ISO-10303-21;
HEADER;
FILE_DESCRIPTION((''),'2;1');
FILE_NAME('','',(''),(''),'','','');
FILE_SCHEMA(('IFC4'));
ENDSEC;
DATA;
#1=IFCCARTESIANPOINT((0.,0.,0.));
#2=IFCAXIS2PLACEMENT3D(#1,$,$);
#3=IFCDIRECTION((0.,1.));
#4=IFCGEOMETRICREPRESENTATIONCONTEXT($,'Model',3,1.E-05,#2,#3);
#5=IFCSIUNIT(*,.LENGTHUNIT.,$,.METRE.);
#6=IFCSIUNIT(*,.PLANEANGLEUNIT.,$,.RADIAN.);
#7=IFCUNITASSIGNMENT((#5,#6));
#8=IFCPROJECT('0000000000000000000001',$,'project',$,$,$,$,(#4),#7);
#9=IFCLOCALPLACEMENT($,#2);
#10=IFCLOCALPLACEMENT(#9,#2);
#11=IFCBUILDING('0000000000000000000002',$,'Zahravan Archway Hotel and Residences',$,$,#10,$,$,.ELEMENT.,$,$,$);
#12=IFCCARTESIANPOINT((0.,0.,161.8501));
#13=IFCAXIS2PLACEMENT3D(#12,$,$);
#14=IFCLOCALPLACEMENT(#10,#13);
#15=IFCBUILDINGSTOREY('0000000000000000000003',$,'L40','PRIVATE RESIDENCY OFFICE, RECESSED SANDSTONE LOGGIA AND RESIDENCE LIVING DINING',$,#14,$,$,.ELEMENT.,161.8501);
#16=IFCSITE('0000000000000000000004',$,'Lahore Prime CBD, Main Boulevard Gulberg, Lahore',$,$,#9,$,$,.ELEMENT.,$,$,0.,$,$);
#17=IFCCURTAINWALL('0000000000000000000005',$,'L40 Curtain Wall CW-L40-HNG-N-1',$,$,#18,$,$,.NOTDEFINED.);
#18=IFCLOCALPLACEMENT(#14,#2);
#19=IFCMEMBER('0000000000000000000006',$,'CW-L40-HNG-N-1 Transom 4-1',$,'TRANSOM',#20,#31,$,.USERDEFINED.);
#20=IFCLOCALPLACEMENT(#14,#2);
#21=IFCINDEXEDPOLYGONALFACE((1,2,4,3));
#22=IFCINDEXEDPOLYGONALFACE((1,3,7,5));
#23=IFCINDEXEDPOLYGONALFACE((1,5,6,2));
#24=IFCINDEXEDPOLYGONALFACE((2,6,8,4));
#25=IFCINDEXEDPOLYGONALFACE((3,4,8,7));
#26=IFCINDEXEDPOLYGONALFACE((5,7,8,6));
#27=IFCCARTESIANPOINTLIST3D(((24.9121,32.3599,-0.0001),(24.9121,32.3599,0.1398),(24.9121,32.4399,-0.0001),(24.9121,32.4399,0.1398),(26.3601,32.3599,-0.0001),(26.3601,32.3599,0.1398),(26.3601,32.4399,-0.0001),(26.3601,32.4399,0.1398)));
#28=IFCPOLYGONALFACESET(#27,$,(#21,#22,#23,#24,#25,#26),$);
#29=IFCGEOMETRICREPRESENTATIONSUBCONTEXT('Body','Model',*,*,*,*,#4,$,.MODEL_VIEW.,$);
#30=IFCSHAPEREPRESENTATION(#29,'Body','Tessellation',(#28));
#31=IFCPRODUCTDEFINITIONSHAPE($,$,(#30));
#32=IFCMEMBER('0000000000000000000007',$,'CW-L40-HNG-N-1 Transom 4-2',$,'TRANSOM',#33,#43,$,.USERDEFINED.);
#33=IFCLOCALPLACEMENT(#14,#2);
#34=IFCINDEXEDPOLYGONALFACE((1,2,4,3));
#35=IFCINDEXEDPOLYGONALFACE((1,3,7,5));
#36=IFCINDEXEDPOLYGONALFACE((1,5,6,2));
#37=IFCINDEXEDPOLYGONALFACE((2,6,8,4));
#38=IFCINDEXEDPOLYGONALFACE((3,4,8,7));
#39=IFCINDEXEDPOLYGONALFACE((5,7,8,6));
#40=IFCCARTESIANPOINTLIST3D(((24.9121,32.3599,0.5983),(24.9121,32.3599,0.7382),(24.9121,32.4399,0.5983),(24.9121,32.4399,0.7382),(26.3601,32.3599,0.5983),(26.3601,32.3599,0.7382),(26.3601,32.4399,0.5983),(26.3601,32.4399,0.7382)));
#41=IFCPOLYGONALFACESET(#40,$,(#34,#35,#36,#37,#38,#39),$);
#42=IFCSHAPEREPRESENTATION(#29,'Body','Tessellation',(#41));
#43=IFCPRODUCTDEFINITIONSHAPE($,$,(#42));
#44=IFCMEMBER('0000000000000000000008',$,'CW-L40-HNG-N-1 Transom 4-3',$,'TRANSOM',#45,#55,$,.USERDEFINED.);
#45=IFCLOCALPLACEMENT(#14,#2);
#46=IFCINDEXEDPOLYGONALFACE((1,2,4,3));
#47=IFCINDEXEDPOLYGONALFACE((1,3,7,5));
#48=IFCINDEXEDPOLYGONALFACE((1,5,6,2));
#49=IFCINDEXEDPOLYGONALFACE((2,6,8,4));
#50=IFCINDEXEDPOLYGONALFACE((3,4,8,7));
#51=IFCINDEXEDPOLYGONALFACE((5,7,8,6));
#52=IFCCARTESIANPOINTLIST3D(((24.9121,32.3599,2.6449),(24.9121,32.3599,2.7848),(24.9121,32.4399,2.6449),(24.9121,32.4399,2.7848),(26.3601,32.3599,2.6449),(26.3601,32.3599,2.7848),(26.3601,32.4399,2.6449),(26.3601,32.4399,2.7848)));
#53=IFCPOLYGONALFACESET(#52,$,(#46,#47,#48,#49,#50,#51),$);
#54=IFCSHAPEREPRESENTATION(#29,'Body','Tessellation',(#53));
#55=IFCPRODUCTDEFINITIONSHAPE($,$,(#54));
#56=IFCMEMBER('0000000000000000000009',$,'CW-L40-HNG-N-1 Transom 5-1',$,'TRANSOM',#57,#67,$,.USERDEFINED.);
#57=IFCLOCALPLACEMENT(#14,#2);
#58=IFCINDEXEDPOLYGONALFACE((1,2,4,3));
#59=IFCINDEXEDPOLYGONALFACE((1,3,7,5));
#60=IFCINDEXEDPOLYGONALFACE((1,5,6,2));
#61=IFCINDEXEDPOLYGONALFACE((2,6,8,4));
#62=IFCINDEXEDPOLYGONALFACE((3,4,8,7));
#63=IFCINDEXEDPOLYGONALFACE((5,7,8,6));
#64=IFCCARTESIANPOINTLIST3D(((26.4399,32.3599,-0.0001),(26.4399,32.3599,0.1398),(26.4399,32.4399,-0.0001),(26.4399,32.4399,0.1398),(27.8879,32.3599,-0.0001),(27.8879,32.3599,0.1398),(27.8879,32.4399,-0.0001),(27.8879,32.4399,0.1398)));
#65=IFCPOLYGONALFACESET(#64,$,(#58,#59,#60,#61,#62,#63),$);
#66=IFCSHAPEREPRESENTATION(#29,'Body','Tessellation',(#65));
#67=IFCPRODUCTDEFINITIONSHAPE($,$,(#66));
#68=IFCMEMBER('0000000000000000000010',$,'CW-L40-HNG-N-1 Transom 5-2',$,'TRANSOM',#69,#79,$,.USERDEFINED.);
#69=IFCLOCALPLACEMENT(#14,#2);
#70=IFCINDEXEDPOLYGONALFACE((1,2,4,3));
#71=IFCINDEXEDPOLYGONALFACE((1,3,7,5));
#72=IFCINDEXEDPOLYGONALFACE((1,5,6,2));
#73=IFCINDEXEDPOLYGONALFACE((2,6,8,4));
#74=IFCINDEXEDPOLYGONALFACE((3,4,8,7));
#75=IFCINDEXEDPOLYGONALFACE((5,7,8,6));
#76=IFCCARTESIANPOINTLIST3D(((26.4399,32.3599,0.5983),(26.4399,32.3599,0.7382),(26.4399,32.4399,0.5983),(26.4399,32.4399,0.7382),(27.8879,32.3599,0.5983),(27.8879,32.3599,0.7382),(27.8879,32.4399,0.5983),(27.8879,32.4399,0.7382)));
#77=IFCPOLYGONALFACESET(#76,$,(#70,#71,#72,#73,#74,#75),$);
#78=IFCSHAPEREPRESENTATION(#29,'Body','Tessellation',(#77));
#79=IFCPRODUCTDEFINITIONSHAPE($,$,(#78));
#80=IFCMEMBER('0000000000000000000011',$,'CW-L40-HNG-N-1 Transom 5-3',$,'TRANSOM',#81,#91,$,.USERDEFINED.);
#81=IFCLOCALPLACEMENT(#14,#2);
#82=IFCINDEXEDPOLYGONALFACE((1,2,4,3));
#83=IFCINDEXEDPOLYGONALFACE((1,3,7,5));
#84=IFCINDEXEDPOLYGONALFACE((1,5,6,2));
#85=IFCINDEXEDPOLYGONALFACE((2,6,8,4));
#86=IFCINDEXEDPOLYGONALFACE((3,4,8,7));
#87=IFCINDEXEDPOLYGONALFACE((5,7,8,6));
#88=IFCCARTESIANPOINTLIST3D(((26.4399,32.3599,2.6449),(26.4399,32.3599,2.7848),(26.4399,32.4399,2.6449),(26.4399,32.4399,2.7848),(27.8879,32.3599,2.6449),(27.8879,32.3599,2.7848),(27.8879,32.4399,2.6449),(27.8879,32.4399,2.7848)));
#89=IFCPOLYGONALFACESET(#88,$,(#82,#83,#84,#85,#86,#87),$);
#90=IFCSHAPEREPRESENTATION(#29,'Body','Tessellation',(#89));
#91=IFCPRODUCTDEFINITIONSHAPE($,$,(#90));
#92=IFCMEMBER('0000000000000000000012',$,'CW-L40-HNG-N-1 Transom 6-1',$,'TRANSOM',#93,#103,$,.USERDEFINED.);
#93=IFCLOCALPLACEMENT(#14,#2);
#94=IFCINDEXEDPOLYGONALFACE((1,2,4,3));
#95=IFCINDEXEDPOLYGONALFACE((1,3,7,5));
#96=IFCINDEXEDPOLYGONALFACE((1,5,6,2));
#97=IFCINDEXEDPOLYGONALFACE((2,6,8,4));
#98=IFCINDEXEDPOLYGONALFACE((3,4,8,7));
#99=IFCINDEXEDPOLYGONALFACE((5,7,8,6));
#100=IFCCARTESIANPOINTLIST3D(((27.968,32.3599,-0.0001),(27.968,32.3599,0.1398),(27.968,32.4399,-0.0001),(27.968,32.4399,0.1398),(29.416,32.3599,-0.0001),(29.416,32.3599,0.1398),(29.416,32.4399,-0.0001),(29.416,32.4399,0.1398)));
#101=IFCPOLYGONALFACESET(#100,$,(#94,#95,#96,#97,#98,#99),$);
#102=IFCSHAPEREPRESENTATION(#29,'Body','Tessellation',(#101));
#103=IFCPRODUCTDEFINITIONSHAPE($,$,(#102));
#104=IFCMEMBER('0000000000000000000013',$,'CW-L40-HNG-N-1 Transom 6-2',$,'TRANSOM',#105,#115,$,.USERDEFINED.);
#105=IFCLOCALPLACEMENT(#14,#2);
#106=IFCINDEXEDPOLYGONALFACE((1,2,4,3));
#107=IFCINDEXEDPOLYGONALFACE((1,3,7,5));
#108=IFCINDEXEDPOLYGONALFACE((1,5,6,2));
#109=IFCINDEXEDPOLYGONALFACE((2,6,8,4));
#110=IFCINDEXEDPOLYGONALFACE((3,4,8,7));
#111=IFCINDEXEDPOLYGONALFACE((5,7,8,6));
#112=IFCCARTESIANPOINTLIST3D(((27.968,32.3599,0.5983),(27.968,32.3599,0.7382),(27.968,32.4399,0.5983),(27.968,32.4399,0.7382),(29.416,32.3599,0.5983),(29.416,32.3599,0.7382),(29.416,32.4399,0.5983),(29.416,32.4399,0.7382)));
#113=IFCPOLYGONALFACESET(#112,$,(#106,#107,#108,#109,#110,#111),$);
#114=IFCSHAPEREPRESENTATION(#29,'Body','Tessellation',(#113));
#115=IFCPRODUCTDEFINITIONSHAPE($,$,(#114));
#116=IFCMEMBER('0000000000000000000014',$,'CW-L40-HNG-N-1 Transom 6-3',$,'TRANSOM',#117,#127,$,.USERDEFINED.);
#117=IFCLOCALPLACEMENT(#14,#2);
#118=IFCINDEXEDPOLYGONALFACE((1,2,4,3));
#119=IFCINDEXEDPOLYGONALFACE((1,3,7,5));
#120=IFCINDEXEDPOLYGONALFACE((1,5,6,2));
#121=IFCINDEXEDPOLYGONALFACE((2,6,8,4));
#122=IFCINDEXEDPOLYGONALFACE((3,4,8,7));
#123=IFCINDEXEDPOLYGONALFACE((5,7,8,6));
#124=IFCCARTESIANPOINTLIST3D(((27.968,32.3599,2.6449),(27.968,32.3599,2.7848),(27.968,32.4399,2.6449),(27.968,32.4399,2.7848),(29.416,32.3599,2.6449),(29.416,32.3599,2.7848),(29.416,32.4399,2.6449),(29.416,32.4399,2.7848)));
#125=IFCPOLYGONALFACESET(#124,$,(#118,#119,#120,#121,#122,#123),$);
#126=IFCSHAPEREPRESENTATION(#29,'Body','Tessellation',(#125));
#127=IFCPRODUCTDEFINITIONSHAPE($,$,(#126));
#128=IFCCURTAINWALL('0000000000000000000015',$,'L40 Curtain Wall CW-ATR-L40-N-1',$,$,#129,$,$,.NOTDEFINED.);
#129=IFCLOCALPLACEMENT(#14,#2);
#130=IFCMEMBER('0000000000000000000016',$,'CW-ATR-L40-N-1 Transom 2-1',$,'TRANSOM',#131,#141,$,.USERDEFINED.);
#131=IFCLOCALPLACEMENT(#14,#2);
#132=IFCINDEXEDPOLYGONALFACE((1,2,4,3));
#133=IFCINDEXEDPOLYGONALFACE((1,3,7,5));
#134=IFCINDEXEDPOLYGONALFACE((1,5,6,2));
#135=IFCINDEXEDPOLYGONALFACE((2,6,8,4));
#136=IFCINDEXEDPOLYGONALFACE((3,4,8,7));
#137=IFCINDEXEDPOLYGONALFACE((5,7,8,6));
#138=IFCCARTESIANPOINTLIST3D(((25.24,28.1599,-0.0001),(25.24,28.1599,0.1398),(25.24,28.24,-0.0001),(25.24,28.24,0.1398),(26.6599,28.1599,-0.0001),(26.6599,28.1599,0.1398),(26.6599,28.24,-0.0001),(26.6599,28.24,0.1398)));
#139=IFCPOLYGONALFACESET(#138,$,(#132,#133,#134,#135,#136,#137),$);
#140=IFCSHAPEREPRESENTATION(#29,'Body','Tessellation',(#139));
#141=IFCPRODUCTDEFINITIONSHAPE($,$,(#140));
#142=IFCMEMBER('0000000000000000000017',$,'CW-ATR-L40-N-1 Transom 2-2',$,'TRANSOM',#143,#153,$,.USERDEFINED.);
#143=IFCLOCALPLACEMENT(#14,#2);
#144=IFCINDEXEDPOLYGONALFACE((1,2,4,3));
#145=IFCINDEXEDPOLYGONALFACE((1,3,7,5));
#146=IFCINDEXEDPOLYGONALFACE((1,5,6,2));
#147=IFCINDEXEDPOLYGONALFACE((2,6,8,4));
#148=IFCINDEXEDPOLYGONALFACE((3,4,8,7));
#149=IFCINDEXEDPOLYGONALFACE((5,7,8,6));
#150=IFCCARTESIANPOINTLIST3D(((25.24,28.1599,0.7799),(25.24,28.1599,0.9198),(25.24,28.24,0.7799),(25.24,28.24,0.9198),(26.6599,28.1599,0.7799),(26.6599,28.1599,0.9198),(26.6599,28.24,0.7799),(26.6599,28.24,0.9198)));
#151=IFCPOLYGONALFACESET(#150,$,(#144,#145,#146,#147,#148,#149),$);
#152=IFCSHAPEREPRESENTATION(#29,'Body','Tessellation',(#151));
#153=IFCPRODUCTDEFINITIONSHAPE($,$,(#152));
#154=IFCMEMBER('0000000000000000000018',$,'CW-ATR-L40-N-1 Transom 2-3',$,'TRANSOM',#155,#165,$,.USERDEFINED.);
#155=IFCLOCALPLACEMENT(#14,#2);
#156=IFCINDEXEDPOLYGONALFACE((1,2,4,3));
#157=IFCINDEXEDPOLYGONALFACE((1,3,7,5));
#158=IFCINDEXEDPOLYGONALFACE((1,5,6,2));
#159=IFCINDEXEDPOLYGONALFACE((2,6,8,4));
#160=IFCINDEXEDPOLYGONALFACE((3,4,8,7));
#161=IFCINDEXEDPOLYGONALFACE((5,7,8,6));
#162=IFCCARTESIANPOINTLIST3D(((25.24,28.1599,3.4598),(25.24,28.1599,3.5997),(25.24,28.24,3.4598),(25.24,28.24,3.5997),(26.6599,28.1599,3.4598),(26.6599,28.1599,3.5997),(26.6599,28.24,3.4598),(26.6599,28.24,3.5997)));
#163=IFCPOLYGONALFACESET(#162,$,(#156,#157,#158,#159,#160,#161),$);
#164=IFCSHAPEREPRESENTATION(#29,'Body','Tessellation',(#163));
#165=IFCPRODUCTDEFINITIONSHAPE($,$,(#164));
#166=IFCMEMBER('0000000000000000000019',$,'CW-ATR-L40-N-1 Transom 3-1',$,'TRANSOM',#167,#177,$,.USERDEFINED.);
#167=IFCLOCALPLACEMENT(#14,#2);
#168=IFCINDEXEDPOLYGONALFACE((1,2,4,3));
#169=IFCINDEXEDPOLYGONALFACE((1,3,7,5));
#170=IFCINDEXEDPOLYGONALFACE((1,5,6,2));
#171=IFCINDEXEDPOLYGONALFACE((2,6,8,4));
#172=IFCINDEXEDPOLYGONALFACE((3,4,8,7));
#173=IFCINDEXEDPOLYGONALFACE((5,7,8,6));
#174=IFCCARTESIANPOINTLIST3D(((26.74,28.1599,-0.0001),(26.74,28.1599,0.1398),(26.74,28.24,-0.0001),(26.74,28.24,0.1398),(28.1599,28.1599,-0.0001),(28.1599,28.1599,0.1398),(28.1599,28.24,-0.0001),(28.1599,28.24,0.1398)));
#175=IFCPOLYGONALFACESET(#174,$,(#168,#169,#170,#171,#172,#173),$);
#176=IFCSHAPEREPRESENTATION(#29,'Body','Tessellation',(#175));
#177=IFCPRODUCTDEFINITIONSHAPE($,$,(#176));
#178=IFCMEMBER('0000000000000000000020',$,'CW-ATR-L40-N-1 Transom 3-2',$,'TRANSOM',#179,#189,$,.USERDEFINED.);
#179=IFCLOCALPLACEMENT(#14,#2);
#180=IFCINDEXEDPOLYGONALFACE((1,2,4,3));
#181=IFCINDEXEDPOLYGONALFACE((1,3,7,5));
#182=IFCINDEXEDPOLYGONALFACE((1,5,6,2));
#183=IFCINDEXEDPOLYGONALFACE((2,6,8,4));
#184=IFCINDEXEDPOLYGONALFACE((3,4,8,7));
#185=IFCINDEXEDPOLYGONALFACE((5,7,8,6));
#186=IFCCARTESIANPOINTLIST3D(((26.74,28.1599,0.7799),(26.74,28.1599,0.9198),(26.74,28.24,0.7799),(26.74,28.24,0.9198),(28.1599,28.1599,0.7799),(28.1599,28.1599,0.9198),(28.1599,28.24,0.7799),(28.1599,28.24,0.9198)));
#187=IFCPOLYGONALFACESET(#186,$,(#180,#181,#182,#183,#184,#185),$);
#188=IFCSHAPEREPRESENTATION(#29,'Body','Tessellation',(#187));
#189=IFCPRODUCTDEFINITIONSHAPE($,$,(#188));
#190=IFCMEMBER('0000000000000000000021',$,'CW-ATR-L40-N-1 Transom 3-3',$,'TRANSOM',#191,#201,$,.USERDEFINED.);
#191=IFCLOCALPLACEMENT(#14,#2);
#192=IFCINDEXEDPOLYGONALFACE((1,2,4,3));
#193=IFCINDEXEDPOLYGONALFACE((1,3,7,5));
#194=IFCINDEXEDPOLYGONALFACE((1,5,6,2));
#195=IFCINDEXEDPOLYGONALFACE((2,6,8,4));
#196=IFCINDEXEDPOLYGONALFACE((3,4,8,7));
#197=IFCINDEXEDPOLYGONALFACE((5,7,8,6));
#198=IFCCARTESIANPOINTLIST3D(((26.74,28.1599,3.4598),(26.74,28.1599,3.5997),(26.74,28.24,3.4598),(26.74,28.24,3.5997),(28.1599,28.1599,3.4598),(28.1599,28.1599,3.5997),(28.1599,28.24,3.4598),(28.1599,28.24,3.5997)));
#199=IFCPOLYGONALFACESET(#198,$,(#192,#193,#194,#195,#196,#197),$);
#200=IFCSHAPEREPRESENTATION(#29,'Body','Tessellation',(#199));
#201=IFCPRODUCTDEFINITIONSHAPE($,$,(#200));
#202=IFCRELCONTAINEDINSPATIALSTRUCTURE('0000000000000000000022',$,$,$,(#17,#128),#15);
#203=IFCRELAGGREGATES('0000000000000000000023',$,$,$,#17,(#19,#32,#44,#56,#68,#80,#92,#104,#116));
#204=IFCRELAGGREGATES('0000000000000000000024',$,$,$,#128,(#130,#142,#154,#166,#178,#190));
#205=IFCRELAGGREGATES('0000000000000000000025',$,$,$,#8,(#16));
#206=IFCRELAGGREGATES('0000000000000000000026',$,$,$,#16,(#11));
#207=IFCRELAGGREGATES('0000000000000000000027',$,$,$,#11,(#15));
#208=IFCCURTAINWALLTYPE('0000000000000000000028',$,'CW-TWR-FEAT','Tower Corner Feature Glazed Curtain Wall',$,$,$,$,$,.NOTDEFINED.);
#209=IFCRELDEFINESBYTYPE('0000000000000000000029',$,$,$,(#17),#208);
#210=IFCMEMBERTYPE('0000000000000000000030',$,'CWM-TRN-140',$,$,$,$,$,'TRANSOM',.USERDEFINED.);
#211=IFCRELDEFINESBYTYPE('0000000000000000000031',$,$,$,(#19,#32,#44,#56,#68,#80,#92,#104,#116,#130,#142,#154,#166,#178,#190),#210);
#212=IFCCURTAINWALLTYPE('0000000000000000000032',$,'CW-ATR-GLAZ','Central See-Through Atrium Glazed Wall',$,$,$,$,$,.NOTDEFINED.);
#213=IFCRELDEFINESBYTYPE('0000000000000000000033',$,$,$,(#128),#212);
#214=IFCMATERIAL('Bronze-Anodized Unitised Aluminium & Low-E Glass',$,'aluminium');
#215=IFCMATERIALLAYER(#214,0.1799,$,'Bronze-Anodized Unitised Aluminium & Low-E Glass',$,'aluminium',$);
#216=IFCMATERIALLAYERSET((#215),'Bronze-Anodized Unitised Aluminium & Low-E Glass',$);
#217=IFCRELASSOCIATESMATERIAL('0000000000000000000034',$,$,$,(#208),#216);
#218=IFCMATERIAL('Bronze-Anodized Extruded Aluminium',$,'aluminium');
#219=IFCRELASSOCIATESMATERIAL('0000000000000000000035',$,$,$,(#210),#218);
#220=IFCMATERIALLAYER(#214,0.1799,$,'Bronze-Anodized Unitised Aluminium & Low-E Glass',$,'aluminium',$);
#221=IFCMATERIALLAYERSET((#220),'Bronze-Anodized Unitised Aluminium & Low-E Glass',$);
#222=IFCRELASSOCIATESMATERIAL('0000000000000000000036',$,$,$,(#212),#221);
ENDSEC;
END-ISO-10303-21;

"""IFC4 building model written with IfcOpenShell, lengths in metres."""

from ifc_helpers import new_model, si_unit, direction, frame, origin, origin_2d, place, context, subcontext, project, spatial, rectangle, extrude, source, transform, mapped, material, layer, layer_set, material_profile, profile_set, type_object, element, aggregate, save


model = new_model("IFC4")

# Units and contexts
model_context = context("Model", 3, precision=1e-05, world=origin(), true_north=direction((0.0, 1.0)))
body_context = subcontext(model_context, "Body", "Model", "MODEL_VIEW")
ifc_project = project(units=[si_unit("LENGTHUNIT", "METRE"), si_unit("PLANEANGLEUNIT", "RADIAN")], contexts=[model_context])

# Site, building, storey
site_placement = place(None, origin())
site = spatial("IfcSite", under=ifc_project, at=site_placement, Name="Lahore Prime CBD, Main Boulevard Gulberg, Lahore", CompositionType="ELEMENT", RefElevation=0.0)
building_placement = place(site_placement, origin())
building = spatial("IfcBuilding", under=site, at=building_placement, Name="Zahravan Archway Hotel and Residences", CompositionType="ELEMENT")
storey_placement = place(building_placement, frame((0.0, 0.0, 161.8501)))
storey = spatial("IfcBuildingStorey", under=building, at=storey_placement, Name="L40", Description="PRIVATE RESIDENCY OFFICE, RECESSED SANDSTONE LOGGIA AND RESIDENCE LIVING DINING", CompositionType="ELEMENT", Elevation=161.8501)

# Curtain walls, members
ifc_material_1 = material(Name="Bronze-Anodized Unitised Aluminium & Low-E Glass", Category="aluminium")
ifc_layer_1 = layer(ifc_material_1, 0.1799, Name="Bronze-Anodized Unitised Aluminium & Low-E Glass", Category="aluminium")
ifc_layer_set_1 = layer_set([ifc_layer_1], Name="Bronze-Anodized Unitised Aluminium & Low-E Glass")
curtain_wall_type_1 = type_object("IfcCurtainWallType", Name="CW-TWR-FEAT", Description="Tower Corner Feature Glazed Curtain Wall", PredefinedType="NOTDEFINED", material=ifc_layer_set_1)
curtain_wall_1_placement = place(storey_placement, origin())
curtain_wall_1 = element("IfcCurtainWall", 1, at=curtain_wall_1_placement, inside=storey, type_object=curtain_wall_type_1, Name="L40 Curtain Wall CW-L40-HNG-N-1", PredefinedType="NOTDEFINED")
ifc_material_2 = material(Name="Bronze-Anodized Extruded Aluminium", Category="aluminium")
ifc_material_profile_1 = material_profile(ifc_material_2, rectangle(XDim=0.0801, YDim=0.1399, at=origin_2d()), Name="TRN 80x140", Category="aluminium")
ifc_profile_set_1 = profile_set([ifc_material_profile_1], Name="Bronze-Anodized Extruded Aluminium")
member_type_1 = type_object("IfcMemberType", Name="CWM-TRN-140", ElementType="TRANSOM", PredefinedType="USERDEFINED", material=ifc_profile_set_1)
shared_shape_1 = source(origin(), body_context, "Body", "SweptSolid", [
    extrude(rectangle(XDim=0.0801, YDim=0.1399, at=origin_2d()), origin(), (0.0, 0.0, 1.0), 1.448),
])
member_1_placement = place(storey_placement, frame((24.9121, 32.3999, 0.0698), z_axis=(1.0, 0.0, 0.0), x_axis=(0.0, 1.0, 0.0)))
member_1 = element("IfcMember", 2, at=member_1_placement, type_object=member_type_1, Name="CW-L40-HNG-N-1 Transom 4-1", ObjectType="TRANSOM", PredefinedType="USERDEFINED", context=body_context, shape_type="MappedRepresentation", body=[
    mapped(shared_shape_1, transform((0.0, 0.0, 0.0), scale=1.0)),
])
member_2_placement = place(storey_placement, frame((24.9121, 32.3999, 0.6682), z_axis=(1.0, 0.0, 0.0), x_axis=(0.0, 1.0, 0.0)))
member_2 = element("IfcMember", 3, at=member_2_placement, type_object=member_type_1, Name="CW-L40-HNG-N-1 Transom 4-2", ObjectType="TRANSOM", PredefinedType="USERDEFINED", context=body_context, shape_type="MappedRepresentation", body=[
    mapped(shared_shape_1, transform((0.0, 0.0, 0.0), scale=1.0)),
])
member_3_placement = place(storey_placement, frame((24.9121, 32.3999, 2.7148), z_axis=(1.0, 0.0, 0.0), x_axis=(0.0, 1.0, 0.0)))
member_3 = element("IfcMember", 4, at=member_3_placement, type_object=member_type_1, Name="CW-L40-HNG-N-1 Transom 4-3", ObjectType="TRANSOM", PredefinedType="USERDEFINED", context=body_context, shape_type="MappedRepresentation", body=[
    mapped(shared_shape_1, transform((0.0, 0.0, 0.0), scale=1.0)),
])
member_4_placement = place(storey_placement, frame((26.4399, 32.3999, 0.0698), z_axis=(1.0, 0.0, 0.0), x_axis=(0.0, 1.0, 0.0)))
member_4 = element("IfcMember", 5, at=member_4_placement, type_object=member_type_1, Name="CW-L40-HNG-N-1 Transom 5-1", ObjectType="TRANSOM", PredefinedType="USERDEFINED", context=body_context, shape_type="MappedRepresentation", body=[
    mapped(shared_shape_1, transform((0.0, 0.0, 0.0), scale=1.0)),
])
member_5_placement = place(storey_placement, frame((26.4399, 32.3999, 0.6682), z_axis=(1.0, 0.0, 0.0), x_axis=(0.0, 1.0, 0.0)))
member_5 = element("IfcMember", 6, at=member_5_placement, type_object=member_type_1, Name="CW-L40-HNG-N-1 Transom 5-2", ObjectType="TRANSOM", PredefinedType="USERDEFINED", context=body_context, shape_type="MappedRepresentation", body=[
    mapped(shared_shape_1, transform((0.0, 0.0, 0.0), scale=1.0)),
])
member_6_placement = place(storey_placement, frame((26.4399, 32.3999, 2.7148), z_axis=(1.0, 0.0, 0.0), x_axis=(0.0, 1.0, 0.0)))
member_6 = element("IfcMember", 7, at=member_6_placement, type_object=member_type_1, Name="CW-L40-HNG-N-1 Transom 5-3", ObjectType="TRANSOM", PredefinedType="USERDEFINED", context=body_context, shape_type="MappedRepresentation", body=[
    mapped(shared_shape_1, transform((0.0, 0.0, 0.0), scale=1.0)),
])
member_7_placement = place(storey_placement, frame((27.968, 32.3999, 0.0698), z_axis=(1.0, 0.0, 0.0), x_axis=(0.0, 1.0, 0.0)))
member_7 = element("IfcMember", 8, at=member_7_placement, type_object=member_type_1, Name="CW-L40-HNG-N-1 Transom 6-1", ObjectType="TRANSOM", PredefinedType="USERDEFINED", context=body_context, shape_type="MappedRepresentation", body=[
    mapped(shared_shape_1, transform((0.0, 0.0, 0.0), scale=1.0)),
])
member_8_placement = place(storey_placement, frame((27.968, 32.3999, 0.6682), z_axis=(1.0, 0.0, 0.0), x_axis=(0.0, 1.0, 0.0)))
member_8 = element("IfcMember", 9, at=member_8_placement, type_object=member_type_1, Name="CW-L40-HNG-N-1 Transom 6-2", ObjectType="TRANSOM", PredefinedType="USERDEFINED", context=body_context, shape_type="MappedRepresentation", body=[
    mapped(shared_shape_1, transform((0.0, 0.0, 0.0), scale=1.0)),
])
member_9_placement = place(storey_placement, frame((27.968, 32.3999, 2.7148), z_axis=(1.0, 0.0, 0.0), x_axis=(0.0, 1.0, 0.0)))
member_9 = element("IfcMember", 10, at=member_9_placement, type_object=member_type_1, Name="CW-L40-HNG-N-1 Transom 6-3", ObjectType="TRANSOM", PredefinedType="USERDEFINED", context=body_context, shape_type="MappedRepresentation", body=[
    mapped(shared_shape_1, transform((0.0, 0.0, 0.0), scale=1.0)),
])
ifc_layer_2 = layer(ifc_material_1, 0.1799, Name="Bronze-Anodized Unitised Aluminium & Low-E Glass", Category="aluminium")
ifc_layer_set_2 = layer_set([ifc_layer_2], Name="Bronze-Anodized Unitised Aluminium & Low-E Glass")
curtain_wall_type_2 = type_object("IfcCurtainWallType", Name="CW-ATR-GLAZ", Description="Central See-Through Atrium Glazed Wall", PredefinedType="NOTDEFINED", material=ifc_layer_set_2)
curtain_wall_2_placement = place(storey_placement, origin())
curtain_wall_2 = element("IfcCurtainWall", 11, at=curtain_wall_2_placement, inside=storey, type_object=curtain_wall_type_2, Name="L40 Curtain Wall CW-ATR-L40-N-1", PredefinedType="NOTDEFINED")
shared_shape_2 = source(origin(), body_context, "Body", "SweptSolid", [
    extrude(rectangle(XDim=0.0801, YDim=0.1399, at=origin_2d()), origin(), (0.0, 0.0, 1.0), 1.4199),
])
member_10_placement = place(storey_placement, frame((25.24, 28.2, 0.0698), z_axis=(1.0, 0.0, 0.0), x_axis=(0.0, 1.0, 0.0)))
member_10 = element("IfcMember", 12, at=member_10_placement, type_object=member_type_1, Name="CW-ATR-L40-N-1 Transom 2-1", ObjectType="TRANSOM", PredefinedType="USERDEFINED", context=body_context, shape_type="MappedRepresentation", body=[
    mapped(shared_shape_2, transform((0.0, 0.0, 0.0), scale=1.0)),
])
member_11_placement = place(storey_placement, frame((25.24, 28.2, 0.8499), z_axis=(1.0, 0.0, 0.0), x_axis=(0.0, 1.0, 0.0)))
member_11 = element("IfcMember", 13, at=member_11_placement, type_object=member_type_1, Name="CW-ATR-L40-N-1 Transom 2-2", ObjectType="TRANSOM", PredefinedType="USERDEFINED", context=body_context, shape_type="MappedRepresentation", body=[
    mapped(shared_shape_2, transform((0.0, 0.0, 0.0), scale=1.0)),
])
member_12_placement = place(storey_placement, frame((25.24, 28.2, 3.5298), z_axis=(1.0, 0.0, 0.0), x_axis=(0.0, 1.0, 0.0)))
member_12 = element("IfcMember", 14, at=member_12_placement, type_object=member_type_1, Name="CW-ATR-L40-N-1 Transom 2-3", ObjectType="TRANSOM", PredefinedType="USERDEFINED", context=body_context, shape_type="MappedRepresentation", body=[
    mapped(shared_shape_2, transform((0.0, 0.0, 0.0), scale=1.0)),
])
member_13_placement = place(storey_placement, frame((26.74, 28.2, 0.0698), z_axis=(1.0, 0.0, 0.0), x_axis=(0.0, 1.0, 0.0)))
member_13 = element("IfcMember", 15, at=member_13_placement, type_object=member_type_1, Name="CW-ATR-L40-N-1 Transom 3-1", ObjectType="TRANSOM", PredefinedType="USERDEFINED", context=body_context, shape_type="MappedRepresentation", body=[
    mapped(shared_shape_2, transform((0.0, 0.0, 0.0), scale=1.0)),
])
member_14_placement = place(storey_placement, frame((26.74, 28.2, 0.8499), z_axis=(1.0, 0.0, 0.0), x_axis=(0.0, 1.0, 0.0)))
member_14 = element("IfcMember", 16, at=member_14_placement, type_object=member_type_1, Name="CW-ATR-L40-N-1 Transom 3-2", ObjectType="TRANSOM", PredefinedType="USERDEFINED", context=body_context, shape_type="MappedRepresentation", body=[
    mapped(shared_shape_2, transform((0.0, 0.0, 0.0), scale=1.0)),
])
member_15_placement = place(storey_placement, frame((26.74, 28.2, 3.5298), z_axis=(1.0, 0.0, 0.0), x_axis=(0.0, 1.0, 0.0)))
member_15 = element("IfcMember", 17, at=member_15_placement, type_object=member_type_1, Name="CW-ATR-L40-N-1 Transom 3-3", ObjectType="TRANSOM", PredefinedType="USERDEFINED", context=body_context, shape_type="MappedRepresentation", body=[
    mapped(shared_shape_2, transform((0.0, 0.0, 0.0), scale=1.0)),
])

aggregate(curtain_wall_1, [member_1, member_2, member_3, member_4, member_5, member_6, member_7, member_8, member_9])
aggregate(curtain_wall_2, [member_10, member_11, member_12, member_13, member_14, member_15])

save(model, "model.ifc")
